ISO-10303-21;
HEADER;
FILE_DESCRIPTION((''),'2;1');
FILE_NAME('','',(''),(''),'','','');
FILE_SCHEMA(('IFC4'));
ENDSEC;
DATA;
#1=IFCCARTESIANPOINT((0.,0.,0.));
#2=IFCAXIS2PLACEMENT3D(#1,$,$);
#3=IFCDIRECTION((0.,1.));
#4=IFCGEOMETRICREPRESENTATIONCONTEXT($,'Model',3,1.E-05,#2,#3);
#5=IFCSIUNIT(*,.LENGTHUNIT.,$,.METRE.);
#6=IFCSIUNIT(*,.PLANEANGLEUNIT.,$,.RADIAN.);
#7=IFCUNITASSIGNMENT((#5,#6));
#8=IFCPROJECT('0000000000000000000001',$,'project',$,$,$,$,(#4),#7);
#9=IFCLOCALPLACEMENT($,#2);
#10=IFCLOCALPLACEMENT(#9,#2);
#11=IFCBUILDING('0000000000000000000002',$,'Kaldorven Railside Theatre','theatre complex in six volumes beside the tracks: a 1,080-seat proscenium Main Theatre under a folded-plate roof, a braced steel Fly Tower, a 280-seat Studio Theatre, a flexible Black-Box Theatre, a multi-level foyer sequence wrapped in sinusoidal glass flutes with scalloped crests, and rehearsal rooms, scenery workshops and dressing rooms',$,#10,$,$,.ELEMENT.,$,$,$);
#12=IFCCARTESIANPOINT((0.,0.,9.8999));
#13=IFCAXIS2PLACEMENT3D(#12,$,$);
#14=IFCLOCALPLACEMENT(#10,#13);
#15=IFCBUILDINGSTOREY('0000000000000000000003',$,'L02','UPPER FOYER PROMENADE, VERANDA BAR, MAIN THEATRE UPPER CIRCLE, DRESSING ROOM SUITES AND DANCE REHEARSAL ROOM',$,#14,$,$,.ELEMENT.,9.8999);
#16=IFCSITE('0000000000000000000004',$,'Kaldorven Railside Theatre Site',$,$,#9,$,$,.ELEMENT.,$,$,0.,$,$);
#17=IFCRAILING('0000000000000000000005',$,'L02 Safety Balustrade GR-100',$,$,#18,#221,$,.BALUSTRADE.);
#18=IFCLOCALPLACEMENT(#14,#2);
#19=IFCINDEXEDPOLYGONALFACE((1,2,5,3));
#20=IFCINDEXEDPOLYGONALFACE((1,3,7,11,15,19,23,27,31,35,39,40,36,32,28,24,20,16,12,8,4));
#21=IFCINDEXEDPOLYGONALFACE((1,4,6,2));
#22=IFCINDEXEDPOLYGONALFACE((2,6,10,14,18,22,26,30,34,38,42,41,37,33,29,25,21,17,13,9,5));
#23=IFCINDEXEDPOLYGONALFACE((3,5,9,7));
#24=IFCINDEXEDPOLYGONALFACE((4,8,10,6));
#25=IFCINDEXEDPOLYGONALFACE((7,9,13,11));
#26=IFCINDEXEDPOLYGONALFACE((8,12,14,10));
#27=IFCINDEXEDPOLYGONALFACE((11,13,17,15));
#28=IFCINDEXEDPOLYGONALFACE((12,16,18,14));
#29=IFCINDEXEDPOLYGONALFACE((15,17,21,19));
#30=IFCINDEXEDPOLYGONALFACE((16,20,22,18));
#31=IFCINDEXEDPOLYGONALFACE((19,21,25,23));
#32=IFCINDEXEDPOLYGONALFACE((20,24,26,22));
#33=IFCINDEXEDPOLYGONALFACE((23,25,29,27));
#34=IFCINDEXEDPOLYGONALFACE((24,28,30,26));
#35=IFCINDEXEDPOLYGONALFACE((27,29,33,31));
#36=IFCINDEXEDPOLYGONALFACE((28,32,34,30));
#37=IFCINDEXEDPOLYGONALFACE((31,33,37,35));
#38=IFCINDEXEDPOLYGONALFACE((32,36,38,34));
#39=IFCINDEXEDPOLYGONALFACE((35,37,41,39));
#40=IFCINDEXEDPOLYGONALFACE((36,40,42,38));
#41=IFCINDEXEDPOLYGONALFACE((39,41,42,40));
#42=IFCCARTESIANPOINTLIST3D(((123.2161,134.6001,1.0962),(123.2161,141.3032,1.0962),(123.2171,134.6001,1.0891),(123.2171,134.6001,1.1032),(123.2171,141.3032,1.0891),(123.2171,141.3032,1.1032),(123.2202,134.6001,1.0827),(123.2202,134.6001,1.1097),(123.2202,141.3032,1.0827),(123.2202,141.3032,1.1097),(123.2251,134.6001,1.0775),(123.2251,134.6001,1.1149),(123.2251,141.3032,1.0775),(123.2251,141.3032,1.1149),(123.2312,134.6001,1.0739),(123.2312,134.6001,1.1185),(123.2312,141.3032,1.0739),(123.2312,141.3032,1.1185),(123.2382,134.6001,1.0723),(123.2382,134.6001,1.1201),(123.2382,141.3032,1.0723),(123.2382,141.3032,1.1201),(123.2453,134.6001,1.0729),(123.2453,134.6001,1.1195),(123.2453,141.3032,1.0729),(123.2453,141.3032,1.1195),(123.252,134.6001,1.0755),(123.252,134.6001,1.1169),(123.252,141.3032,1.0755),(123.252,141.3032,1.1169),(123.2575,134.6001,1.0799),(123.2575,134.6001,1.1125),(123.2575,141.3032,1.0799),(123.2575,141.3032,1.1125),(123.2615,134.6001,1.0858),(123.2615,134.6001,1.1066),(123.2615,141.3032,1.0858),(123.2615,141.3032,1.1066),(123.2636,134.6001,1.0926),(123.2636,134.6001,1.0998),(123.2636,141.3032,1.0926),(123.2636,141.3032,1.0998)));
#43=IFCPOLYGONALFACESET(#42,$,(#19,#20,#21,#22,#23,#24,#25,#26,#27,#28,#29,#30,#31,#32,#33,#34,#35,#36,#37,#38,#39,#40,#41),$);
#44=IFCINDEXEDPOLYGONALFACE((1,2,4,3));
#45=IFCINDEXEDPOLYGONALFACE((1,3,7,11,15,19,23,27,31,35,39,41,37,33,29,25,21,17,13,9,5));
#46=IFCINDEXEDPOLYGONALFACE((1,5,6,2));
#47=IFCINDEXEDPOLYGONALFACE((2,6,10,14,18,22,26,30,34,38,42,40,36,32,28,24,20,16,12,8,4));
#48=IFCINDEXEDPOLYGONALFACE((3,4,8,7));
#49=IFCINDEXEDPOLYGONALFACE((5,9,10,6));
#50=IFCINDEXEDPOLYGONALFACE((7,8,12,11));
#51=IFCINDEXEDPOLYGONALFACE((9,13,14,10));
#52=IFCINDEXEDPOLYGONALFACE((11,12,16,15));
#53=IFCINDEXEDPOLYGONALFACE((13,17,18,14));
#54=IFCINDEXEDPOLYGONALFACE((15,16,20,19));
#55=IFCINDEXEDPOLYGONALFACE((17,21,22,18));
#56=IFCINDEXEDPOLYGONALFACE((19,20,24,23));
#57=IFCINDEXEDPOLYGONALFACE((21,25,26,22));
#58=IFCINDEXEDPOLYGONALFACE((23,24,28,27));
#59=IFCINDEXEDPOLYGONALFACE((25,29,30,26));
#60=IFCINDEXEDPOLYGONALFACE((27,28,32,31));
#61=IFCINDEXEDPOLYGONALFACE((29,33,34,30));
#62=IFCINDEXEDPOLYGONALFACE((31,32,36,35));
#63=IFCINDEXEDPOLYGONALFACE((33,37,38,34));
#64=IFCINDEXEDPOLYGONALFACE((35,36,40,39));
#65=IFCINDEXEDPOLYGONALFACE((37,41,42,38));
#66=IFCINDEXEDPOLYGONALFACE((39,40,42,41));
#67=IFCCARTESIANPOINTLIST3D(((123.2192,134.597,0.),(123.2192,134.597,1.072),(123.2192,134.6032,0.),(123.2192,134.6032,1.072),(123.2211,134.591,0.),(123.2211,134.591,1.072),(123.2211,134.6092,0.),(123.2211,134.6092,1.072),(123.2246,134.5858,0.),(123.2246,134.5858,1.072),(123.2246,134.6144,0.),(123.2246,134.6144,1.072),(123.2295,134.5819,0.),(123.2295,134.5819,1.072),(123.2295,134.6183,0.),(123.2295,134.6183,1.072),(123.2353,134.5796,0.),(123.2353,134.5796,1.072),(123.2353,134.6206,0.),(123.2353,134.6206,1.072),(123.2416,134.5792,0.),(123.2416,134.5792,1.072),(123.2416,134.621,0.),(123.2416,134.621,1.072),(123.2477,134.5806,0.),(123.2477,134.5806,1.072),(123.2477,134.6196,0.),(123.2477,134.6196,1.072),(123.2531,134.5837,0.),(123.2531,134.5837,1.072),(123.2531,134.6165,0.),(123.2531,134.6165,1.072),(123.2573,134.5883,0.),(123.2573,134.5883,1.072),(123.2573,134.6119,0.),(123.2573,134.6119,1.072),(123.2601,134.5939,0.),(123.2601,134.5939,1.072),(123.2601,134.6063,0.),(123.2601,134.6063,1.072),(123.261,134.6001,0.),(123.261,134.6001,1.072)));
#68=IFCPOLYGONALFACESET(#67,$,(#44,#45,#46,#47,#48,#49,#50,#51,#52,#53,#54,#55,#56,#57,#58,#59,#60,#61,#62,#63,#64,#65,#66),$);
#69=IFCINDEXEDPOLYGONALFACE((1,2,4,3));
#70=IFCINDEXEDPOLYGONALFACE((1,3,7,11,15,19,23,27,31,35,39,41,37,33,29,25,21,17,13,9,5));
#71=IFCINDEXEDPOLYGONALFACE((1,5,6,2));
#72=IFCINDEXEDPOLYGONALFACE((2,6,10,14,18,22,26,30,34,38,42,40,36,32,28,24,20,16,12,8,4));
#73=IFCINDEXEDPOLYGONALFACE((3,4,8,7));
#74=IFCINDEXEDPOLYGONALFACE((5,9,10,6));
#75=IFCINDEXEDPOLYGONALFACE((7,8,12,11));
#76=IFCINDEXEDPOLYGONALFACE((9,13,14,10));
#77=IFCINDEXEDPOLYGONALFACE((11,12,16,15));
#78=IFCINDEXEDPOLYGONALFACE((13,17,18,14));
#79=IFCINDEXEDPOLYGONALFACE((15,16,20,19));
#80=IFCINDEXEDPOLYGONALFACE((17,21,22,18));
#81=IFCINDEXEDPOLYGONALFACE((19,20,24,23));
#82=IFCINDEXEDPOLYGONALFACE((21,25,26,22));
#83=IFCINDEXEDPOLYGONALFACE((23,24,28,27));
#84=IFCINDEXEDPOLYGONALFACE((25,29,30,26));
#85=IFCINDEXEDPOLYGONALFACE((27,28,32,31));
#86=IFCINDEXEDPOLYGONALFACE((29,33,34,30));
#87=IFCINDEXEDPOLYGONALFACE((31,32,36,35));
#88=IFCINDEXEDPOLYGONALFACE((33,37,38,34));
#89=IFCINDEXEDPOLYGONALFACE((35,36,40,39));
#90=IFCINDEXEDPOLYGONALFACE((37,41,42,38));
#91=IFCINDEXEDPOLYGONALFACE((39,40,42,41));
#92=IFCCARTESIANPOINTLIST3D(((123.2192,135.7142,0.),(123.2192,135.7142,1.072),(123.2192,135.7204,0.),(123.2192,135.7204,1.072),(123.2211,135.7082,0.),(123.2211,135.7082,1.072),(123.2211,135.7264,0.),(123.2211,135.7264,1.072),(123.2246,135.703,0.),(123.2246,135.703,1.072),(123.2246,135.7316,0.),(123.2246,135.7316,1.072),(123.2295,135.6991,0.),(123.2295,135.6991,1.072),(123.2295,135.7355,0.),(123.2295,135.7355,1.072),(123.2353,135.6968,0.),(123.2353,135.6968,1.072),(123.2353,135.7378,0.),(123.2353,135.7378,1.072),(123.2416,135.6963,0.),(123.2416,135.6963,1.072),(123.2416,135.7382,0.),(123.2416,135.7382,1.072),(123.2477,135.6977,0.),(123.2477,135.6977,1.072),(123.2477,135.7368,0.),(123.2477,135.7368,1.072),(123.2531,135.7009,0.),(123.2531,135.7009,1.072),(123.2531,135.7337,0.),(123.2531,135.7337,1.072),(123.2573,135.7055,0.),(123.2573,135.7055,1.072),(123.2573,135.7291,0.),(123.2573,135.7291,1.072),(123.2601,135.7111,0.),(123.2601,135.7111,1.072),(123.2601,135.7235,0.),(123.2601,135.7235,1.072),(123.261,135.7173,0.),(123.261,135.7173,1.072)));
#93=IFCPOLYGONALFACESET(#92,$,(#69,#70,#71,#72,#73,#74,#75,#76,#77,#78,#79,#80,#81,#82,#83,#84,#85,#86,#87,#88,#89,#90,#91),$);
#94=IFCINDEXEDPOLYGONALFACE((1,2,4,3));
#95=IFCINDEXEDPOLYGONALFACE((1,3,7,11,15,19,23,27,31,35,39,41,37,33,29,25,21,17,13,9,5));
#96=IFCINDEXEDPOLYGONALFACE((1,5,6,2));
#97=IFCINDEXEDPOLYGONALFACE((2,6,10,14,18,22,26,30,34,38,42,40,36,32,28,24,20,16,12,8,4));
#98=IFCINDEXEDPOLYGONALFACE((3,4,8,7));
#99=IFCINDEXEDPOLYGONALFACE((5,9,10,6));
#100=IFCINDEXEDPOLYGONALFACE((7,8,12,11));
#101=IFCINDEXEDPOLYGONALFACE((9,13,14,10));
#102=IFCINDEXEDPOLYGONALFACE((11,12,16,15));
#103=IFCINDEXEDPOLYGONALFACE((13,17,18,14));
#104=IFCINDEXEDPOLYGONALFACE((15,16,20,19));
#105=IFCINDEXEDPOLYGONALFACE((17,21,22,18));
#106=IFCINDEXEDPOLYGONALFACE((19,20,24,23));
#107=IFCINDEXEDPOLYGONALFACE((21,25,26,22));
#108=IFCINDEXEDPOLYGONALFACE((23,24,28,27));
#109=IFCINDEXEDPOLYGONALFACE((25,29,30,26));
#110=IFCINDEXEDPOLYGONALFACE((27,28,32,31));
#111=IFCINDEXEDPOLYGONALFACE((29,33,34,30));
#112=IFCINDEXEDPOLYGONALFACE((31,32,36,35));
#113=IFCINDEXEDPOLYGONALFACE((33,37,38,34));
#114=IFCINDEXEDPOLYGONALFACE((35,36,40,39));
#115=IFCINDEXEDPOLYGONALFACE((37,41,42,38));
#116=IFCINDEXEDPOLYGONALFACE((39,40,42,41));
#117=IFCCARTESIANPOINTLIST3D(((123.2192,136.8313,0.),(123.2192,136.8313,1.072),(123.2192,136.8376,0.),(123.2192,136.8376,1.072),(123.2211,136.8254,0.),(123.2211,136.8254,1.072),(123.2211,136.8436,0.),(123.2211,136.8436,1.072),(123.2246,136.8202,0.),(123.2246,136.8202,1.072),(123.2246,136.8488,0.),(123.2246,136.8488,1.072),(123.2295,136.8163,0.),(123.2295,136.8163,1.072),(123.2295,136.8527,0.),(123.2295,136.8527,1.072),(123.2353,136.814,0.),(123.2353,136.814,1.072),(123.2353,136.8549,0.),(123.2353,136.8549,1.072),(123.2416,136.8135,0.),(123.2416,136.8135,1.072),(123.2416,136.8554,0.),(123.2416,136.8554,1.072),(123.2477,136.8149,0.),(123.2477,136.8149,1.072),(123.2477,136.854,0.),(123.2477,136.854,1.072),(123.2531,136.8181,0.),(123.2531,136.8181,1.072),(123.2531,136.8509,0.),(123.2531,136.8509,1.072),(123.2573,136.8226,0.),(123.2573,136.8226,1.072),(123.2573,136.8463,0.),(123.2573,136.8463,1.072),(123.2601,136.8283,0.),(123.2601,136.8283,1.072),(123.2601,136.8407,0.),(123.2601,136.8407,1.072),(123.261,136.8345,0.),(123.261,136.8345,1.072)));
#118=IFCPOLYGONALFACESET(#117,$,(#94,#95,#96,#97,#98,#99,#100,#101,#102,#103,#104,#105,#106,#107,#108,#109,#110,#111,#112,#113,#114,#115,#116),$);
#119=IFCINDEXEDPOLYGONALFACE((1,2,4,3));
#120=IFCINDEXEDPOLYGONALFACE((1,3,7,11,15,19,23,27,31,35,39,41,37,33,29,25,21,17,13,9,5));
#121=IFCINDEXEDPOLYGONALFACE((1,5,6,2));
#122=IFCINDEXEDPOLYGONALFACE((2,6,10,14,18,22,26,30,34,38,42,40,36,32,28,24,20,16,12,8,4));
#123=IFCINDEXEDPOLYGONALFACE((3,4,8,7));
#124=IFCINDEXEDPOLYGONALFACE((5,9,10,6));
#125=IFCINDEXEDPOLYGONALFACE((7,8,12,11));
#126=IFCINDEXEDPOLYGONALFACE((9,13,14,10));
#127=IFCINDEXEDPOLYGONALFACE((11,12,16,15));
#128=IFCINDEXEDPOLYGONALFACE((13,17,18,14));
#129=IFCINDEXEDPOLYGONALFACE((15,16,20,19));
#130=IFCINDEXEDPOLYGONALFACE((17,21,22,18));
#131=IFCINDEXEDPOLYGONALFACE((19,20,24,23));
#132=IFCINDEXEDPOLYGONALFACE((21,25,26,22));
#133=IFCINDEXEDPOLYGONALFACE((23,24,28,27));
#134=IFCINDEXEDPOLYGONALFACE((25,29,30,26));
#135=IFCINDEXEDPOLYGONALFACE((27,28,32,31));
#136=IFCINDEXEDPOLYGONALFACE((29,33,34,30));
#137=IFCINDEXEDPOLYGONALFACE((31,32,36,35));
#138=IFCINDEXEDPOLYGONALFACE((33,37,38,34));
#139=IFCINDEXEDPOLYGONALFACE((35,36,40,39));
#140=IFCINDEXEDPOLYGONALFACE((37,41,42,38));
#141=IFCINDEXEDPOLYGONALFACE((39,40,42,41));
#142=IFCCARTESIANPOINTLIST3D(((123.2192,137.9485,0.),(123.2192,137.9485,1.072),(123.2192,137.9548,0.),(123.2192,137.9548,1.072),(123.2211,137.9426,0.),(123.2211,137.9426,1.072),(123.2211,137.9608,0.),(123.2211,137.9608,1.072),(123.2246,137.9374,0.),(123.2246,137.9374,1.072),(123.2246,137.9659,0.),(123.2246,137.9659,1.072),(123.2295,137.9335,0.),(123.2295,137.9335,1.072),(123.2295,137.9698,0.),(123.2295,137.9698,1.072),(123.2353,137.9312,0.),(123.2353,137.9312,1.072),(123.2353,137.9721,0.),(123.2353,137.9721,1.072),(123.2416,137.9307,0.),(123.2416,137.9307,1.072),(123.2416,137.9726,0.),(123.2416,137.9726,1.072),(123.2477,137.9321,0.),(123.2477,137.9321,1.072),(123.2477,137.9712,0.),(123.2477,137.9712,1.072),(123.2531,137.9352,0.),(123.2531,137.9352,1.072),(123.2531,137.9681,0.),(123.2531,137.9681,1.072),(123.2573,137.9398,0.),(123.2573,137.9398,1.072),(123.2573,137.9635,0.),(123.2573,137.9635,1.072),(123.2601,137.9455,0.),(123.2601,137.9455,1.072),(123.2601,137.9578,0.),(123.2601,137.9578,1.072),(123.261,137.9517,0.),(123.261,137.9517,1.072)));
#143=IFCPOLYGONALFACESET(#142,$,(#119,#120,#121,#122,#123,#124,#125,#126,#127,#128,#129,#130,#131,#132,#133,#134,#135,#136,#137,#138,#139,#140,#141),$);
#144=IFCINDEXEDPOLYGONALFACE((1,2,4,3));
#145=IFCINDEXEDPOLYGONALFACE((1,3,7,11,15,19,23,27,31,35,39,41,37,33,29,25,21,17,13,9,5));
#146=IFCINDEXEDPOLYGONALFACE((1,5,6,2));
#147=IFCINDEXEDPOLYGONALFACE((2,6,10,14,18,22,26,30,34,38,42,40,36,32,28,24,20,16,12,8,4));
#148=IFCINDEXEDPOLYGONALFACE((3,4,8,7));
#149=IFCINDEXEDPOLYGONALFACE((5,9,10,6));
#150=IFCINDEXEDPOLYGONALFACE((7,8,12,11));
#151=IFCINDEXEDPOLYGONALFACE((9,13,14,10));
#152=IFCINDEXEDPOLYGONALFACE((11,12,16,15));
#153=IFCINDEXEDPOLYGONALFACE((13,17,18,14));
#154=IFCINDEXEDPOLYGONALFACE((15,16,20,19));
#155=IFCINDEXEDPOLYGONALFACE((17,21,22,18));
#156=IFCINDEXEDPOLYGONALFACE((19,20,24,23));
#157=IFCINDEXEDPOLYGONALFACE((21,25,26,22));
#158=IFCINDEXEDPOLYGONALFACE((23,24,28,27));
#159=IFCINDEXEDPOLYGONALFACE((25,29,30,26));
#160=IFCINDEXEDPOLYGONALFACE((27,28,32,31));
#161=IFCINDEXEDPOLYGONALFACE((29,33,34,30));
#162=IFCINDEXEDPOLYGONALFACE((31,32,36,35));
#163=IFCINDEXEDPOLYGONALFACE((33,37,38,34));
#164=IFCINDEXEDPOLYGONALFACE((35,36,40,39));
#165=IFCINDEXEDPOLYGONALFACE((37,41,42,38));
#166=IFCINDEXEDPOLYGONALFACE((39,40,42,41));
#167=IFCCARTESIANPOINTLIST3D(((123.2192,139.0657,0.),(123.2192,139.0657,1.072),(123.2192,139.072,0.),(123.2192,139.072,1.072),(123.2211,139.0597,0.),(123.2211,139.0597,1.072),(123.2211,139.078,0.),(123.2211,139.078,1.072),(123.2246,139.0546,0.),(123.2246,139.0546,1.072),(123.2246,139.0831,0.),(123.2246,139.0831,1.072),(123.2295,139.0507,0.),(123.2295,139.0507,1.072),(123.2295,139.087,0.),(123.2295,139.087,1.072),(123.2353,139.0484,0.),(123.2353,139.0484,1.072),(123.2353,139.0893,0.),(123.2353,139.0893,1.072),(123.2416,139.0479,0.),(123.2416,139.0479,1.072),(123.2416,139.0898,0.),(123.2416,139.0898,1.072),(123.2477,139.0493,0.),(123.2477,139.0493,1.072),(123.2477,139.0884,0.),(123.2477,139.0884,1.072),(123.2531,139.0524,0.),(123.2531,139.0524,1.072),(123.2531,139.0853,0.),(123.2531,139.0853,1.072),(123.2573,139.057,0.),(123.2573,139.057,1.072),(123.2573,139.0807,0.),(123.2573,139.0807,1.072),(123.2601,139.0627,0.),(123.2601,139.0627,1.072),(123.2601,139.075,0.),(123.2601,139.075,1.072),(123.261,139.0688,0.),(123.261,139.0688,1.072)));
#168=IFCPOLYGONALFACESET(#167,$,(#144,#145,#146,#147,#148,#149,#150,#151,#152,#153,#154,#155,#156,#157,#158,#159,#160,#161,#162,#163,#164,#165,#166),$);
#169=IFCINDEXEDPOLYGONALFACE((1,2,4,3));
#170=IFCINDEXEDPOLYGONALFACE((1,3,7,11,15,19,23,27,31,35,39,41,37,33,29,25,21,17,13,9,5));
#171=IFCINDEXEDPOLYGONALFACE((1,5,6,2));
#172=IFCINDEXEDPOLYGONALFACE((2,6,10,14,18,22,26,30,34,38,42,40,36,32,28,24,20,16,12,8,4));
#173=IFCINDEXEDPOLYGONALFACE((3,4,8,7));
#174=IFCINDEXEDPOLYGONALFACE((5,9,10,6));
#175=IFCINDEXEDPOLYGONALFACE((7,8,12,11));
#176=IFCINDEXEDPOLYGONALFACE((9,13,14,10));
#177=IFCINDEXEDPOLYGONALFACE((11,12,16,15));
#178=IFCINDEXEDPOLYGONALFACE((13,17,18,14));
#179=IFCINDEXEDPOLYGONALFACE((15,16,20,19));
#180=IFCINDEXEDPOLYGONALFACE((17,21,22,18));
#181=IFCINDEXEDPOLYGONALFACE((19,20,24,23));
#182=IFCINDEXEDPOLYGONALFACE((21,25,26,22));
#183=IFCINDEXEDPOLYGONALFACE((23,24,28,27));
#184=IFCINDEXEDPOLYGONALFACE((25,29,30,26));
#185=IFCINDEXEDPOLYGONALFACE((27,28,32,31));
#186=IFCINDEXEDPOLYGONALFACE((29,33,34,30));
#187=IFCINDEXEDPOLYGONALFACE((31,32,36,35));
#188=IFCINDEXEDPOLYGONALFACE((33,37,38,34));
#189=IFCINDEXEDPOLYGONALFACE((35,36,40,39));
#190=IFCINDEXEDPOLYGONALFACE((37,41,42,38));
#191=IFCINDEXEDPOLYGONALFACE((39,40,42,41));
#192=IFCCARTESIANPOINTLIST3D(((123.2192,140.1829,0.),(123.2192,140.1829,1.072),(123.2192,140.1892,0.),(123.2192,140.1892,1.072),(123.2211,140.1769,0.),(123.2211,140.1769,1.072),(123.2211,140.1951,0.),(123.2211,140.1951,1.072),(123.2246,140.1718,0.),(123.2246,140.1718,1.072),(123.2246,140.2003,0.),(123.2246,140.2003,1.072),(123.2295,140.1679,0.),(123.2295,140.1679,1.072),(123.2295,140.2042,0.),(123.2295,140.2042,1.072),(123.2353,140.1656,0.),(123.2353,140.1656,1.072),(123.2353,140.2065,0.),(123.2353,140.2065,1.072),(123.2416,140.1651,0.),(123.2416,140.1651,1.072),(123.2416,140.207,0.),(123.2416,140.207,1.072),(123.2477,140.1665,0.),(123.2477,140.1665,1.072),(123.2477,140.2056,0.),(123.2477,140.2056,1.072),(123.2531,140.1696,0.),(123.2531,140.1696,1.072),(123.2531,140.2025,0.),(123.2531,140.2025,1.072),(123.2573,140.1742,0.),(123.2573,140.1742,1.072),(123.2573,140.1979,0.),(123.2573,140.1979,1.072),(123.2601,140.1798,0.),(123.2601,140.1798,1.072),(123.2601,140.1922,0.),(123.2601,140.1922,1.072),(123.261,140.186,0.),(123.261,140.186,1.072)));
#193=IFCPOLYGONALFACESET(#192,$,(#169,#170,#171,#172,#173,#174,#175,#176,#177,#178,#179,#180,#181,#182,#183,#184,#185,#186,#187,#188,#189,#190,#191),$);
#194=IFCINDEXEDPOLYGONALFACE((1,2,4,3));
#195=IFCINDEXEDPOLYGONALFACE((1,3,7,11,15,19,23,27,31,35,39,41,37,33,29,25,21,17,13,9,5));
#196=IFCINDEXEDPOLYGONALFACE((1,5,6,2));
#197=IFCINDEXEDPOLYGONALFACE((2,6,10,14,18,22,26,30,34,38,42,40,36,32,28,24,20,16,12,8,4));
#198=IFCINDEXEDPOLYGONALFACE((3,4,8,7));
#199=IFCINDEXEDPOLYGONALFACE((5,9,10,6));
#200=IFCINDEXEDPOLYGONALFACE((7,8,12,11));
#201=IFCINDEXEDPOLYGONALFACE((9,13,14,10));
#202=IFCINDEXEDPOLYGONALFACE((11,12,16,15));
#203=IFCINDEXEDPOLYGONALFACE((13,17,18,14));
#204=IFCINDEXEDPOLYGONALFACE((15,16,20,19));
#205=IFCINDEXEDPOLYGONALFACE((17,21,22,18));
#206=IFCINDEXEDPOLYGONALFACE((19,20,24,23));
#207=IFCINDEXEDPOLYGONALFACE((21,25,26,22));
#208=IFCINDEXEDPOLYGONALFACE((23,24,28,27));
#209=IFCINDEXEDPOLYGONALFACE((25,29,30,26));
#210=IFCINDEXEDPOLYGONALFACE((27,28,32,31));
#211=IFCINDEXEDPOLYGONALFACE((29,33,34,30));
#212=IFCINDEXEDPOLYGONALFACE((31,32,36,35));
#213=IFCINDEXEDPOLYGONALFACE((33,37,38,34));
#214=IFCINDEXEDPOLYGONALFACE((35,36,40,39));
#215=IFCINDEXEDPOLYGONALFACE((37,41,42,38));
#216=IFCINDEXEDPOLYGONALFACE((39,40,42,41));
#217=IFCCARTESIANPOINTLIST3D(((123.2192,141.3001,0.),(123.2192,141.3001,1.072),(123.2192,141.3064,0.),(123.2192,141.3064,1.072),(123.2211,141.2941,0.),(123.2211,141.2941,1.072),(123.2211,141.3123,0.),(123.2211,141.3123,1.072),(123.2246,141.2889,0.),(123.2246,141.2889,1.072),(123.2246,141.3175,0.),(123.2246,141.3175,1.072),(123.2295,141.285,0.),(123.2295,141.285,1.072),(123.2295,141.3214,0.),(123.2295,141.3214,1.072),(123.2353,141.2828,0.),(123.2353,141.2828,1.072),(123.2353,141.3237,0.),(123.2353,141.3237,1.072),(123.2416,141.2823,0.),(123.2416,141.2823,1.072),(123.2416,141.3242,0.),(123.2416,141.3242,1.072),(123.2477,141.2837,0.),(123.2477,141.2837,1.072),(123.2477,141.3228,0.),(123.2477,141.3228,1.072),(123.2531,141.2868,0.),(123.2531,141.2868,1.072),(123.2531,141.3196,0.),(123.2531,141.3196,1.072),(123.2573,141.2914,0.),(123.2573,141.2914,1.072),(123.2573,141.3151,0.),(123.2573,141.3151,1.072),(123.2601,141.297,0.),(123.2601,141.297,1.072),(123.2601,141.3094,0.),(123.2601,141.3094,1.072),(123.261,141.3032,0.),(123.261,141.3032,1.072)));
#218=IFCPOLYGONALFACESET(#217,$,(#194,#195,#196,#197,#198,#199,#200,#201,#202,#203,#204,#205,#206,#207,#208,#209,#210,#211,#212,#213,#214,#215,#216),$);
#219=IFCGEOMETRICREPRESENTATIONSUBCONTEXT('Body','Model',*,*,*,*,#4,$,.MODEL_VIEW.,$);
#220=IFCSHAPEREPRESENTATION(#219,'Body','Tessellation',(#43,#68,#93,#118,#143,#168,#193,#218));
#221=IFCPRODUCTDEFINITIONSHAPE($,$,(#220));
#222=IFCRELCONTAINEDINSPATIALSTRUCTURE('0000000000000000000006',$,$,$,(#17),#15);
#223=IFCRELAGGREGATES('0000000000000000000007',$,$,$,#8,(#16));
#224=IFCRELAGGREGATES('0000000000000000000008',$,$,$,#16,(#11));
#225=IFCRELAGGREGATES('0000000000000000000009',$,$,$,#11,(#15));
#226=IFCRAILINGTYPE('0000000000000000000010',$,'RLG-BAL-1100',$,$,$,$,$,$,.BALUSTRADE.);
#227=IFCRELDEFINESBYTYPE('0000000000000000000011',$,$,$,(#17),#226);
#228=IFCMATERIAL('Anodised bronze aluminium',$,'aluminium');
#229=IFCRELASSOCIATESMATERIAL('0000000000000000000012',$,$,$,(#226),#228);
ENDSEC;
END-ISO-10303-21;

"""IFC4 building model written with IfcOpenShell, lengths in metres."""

from ifc_helpers import new_model, si_unit, direction, frame, origin, origin_2d, place, context, subcontext, project, spatial, circle, extrude, material, type_object, element, save


model = new_model("IFC4")

# Units and contexts
model_context = context("Model", 3, precision=1e-05, world=origin(), true_north=direction((0.0, 1.0)))
body_context = subcontext(model_context, "Body", "Model", "MODEL_VIEW")
ifc_project = project(units=[si_unit("LENGTHUNIT", "METRE"), si_unit("PLANEANGLEUNIT", "RADIAN")], contexts=[model_context])

# Site, building, storey
site_placement = place(None, origin())
site = spatial("IfcSite", under=ifc_project, at=site_placement, Name="Kaldorven Railside Theatre Site", CompositionType="ELEMENT", RefElevation=0.0)
building_placement = place(site_placement, origin())
building = spatial("IfcBuilding", under=site, at=building_placement, Name="Kaldorven Railside Theatre", Description="theatre complex in six volumes beside the tracks: a 1,080-seat proscenium Main Theatre under a folded-plate roof, a braced steel Fly Tower, a 280-seat Studio Theatre, a flexible Black-Box Theatre, a multi-level foyer sequence wrapped in sinusoidal glass flutes with scalloped crests, and rehearsal rooms, scenery workshops and dressing rooms", CompositionType="ELEMENT")
storey_placement = place(building_placement, frame((0.0, 0.0, 9.8999)))
storey = spatial("IfcBuildingStorey", under=building, at=storey_placement, Name="L02", Description="UPPER FOYER PROMENADE, VERANDA BAR, MAIN THEATRE UPPER CIRCLE, DRESSING ROOM SUITES AND DANCE REHEARSAL ROOM", CompositionType="ELEMENT", Elevation=9.8999)

# Railing
ifc_material_1 = material(Name="Anodised bronze aluminium", Category="aluminium")
railing_type = type_object("IfcRailingType", Name="RLG-BAL-1100", PredefinedType="BALUSTRADE", material=ifc_material_1)
railing_placement = place(storey_placement, frame((123.24, 134.6001, 0.0)))
element("IfcRailing", 1, at=railing_placement, inside=storey, type_object=railing_type, Name="L02 Safety Balustrade GR-100", PredefinedType="BALUSTRADE", context=body_context, shape_type="SweptSolid", body=[
    extrude(circle(Radius=0.0239, at=origin_2d()), frame((0.0, 0.0, 1.0962), z_axis=(0.0, 1.0, 0.0), x_axis=(-1.0, 0.0, 0.0)), (0.0, 0.0, 1.0), 6.7031),
    extrude(circle(Radius=0.021, at=origin_2d()), origin(), (0.0, 0.0, 1.0), 1.072),
    extrude(circle(Radius=0.021, at=origin_2d()), frame((0.0, 1.1172, 0.0)), (0.0, 0.0, 1.0), 1.072),
    extrude(circle(Radius=0.021, at=origin_2d()), frame((0.0, 2.2344, 0.0)), (0.0, 0.0, 1.0), 1.072),
    extrude(circle(Radius=0.021, at=origin_2d()), frame((0.0, 3.3516, 0.0)), (0.0, 0.0, 1.0), 1.072),
    extrude(circle(Radius=0.021, at=origin_2d()), frame((0.0, 4.4688, 0.0)), (0.0, 0.0, 1.0), 1.072),
    extrude(circle(Radius=0.021, at=origin_2d()), frame((0.0, 5.5859, 0.0)), (0.0, 0.0, 1.0), 1.072),
    extrude(circle(Radius=0.021, at=origin_2d()), frame((0.0, 6.7031, 0.0)), (0.0, 0.0, 1.0), 1.072),
])

save(model, "model.ifc")
